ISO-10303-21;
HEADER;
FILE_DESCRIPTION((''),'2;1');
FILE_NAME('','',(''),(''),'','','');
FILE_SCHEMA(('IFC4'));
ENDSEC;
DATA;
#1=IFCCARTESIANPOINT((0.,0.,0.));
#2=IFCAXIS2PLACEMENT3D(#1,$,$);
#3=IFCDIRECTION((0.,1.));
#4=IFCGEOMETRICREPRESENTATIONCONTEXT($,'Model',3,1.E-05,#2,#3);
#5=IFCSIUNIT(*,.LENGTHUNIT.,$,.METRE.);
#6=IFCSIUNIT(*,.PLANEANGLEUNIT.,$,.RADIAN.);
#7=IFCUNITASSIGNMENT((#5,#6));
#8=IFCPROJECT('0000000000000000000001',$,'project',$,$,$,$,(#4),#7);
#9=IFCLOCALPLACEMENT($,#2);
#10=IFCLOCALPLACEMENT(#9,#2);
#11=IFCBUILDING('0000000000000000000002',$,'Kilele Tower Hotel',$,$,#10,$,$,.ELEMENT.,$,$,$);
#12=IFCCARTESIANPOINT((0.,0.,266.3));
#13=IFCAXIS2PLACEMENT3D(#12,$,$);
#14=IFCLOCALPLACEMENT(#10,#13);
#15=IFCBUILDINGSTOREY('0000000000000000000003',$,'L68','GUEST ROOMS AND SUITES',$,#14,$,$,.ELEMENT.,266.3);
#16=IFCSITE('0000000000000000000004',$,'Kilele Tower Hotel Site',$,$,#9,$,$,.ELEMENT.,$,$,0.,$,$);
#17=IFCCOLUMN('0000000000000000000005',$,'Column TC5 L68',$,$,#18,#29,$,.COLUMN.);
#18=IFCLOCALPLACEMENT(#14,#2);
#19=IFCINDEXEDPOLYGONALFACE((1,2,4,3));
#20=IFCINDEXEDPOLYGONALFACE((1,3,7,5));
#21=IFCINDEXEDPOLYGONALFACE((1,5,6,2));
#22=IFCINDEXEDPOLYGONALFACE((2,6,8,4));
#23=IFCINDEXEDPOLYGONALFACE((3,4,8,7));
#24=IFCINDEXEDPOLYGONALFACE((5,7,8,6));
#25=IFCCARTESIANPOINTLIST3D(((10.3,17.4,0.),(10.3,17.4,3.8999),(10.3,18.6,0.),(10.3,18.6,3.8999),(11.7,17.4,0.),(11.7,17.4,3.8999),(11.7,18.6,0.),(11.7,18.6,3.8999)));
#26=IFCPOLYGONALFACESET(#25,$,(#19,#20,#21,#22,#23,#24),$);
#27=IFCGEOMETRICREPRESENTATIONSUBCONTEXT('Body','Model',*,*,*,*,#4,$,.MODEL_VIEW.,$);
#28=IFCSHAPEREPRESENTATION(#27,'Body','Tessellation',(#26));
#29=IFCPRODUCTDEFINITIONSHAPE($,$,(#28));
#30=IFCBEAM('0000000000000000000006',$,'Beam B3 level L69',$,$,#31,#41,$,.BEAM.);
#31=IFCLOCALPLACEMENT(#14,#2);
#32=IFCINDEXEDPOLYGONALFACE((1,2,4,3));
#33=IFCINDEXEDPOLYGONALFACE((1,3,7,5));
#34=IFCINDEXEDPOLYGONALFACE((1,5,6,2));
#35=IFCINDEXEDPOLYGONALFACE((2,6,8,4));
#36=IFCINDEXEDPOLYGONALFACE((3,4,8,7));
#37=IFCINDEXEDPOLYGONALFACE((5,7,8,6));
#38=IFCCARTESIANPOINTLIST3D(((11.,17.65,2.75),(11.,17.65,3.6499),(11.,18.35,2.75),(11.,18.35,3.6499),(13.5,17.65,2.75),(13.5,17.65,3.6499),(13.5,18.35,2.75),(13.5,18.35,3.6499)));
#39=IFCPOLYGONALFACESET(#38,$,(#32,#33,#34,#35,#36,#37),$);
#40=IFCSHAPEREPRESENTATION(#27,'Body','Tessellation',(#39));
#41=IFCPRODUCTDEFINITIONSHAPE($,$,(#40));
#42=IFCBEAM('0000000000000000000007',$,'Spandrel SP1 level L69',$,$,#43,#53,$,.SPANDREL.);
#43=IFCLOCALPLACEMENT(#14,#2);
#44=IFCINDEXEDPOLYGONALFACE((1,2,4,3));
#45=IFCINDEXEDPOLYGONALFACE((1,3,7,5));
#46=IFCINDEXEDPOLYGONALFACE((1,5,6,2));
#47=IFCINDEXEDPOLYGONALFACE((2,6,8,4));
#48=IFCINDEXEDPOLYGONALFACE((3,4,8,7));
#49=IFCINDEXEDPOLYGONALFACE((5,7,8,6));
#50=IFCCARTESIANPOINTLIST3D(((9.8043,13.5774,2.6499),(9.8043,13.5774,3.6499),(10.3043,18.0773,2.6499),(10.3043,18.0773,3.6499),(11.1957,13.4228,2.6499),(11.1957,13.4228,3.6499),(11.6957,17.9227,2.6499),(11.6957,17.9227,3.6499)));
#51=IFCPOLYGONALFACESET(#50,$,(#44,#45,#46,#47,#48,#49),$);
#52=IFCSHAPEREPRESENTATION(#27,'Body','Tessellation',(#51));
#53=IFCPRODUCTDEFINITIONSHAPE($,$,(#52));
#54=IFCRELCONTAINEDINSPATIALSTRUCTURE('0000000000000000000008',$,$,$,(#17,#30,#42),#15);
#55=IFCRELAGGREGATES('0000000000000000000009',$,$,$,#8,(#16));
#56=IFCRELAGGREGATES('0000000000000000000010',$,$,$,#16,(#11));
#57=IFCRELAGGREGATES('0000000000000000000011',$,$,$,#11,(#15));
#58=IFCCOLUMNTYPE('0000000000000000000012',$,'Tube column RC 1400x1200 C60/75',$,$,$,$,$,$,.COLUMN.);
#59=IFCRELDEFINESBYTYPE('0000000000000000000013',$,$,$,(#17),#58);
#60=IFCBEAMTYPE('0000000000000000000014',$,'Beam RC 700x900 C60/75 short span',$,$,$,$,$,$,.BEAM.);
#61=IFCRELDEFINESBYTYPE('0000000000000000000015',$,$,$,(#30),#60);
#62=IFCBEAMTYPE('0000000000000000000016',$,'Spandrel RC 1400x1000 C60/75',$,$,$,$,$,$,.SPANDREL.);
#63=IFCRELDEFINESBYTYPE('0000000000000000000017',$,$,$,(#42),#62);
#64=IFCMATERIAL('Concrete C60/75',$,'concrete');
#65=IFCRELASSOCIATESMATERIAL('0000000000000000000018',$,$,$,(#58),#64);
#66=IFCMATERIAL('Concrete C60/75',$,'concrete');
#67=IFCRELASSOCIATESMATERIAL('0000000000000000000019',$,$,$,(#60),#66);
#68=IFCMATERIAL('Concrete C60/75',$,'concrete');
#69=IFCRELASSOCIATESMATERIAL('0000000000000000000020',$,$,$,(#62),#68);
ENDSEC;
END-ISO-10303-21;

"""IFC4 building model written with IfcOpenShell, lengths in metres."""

from ifc_helpers import new_model, si_unit, direction, frame, origin, origin_2d, place, context, subcontext, project, spatial, rectangle, extrude, material, material_profile, profile_set, type_object, element, save


model = new_model("IFC4")

# Units and contexts
model_context = context("Model", 3, precision=1e-05, world=origin(), true_north=direction((0.0, 1.0)))
body_context = subcontext(model_context, "Body", "Model", "MODEL_VIEW")
ifc_project = project(units=[si_unit("LENGTHUNIT", "METRE"), si_unit("PLANEANGLEUNIT", "RADIAN")], contexts=[model_context])

# Site, building, storey
site_placement = place(None, origin())
site = spatial("IfcSite", under=ifc_project, at=site_placement, Name="Kilele Tower Hotel Site", CompositionType="ELEMENT", RefElevation=0.0)
building_placement = place(site_placement, origin())
building = spatial("IfcBuilding", under=site, at=building_placement, Name="Kilele Tower Hotel", CompositionType="ELEMENT")
storey_placement = place(building_placement, frame((0.0, 0.0, 266.3)))
storey = spatial("IfcBuildingStorey", under=building, at=storey_placement, Name="L68", Description="GUEST ROOMS AND SUITES", CompositionType="ELEMENT", Elevation=266.3)

# Column
ifc_material_1 = material(Name="Concrete C60/75", Category="concrete")
ifc_material_profile_1 = material_profile(ifc_material_1, rectangle(XDim=1.3999, YDim=1.2, at=origin_2d()))
ifc_profile_set_1 = profile_set([ifc_material_profile_1], Name="Concrete C60/75")
column_type = type_object("IfcColumnType", Name="Tube column RC 1400x1200 C60/75", PredefinedType="COLUMN", material=ifc_profile_set_1)
column_placement = place(storey_placement, frame((11.0, 18.0, 0.0), z_axis=(0.0, 0.0, 1.0), x_axis=(1.0, 0.0, 0.0)))
element("IfcColumn", 1, at=column_placement, inside=storey, type_object=column_type, Name="Column TC5 L68", PredefinedType="COLUMN", context=body_context, shape_type="SweptSolid", body=[
    extrude(rectangle(XDim=1.3999, YDim=1.2, at=origin_2d()), origin(), (0.0, 0.0, 1.0), 3.8999),
])

# Beams
ifc_material_2 = material(Name="Concrete C60/75", Category="concrete")
ifc_material_profile_2 = material_profile(ifc_material_2, rectangle(XDim=0.7, YDim=0.8999, at=origin_2d()))
ifc_profile_set_2 = profile_set([ifc_material_profile_2], Name="Concrete C60/75")
beam_type_1 = type_object("IfcBeamType", Name="Beam RC 700x900 C60/75 short span", PredefinedType="BEAM", material=ifc_profile_set_2)
beam_1_placement = place(storey_placement, frame((11.0, 18.0, 3.2), z_axis=(1.0, 0.0, 0.0), x_axis=(0.0, 1.0, 0.0)))
element("IfcBeam", 2, at=beam_1_placement, inside=storey, type_object=beam_type_1, Name="Beam B3 level L69", PredefinedType="BEAM", context=body_context, shape_type="SweptSolid", body=[
    extrude(rectangle(XDim=0.7, YDim=0.8999, at=origin_2d()), origin(), (0.0, 0.0, 1.0), 2.5),
])
ifc_material_3 = material(Name="Concrete C60/75", Category="concrete")
ifc_material_profile_3 = material_profile(ifc_material_3, rectangle(XDim=1.3999, YDim=1.0, at=origin_2d()))
ifc_profile_set_3 = profile_set([ifc_material_profile_3], Name="Concrete C60/75")
beam_type_2 = type_object("IfcBeamType", Name="Spandrel RC 1400x1000 C60/75", PredefinedType="SPANDREL", material=ifc_profile_set_3)
beam_2_placement = place(storey_placement, frame((11.0, 18.0, 3.1499), z_axis=(-0.110432, -0.993884, 0.0), x_axis=(0.993884, -0.110432, 0.0)))
element("IfcBeam", 3, at=beam_2_placement, inside=storey, type_object=beam_type_2, Name="Spandrel SP1 level L69", PredefinedType="SPANDREL", context=body_context, shape_type="SweptSolid", body=[
    extrude(rectangle(XDim=1.3999, YDim=1.0, at=origin_2d()), origin(), (0.0, 0.0, 1.0), 4.5276),
])

save(model, "model.ifc")
